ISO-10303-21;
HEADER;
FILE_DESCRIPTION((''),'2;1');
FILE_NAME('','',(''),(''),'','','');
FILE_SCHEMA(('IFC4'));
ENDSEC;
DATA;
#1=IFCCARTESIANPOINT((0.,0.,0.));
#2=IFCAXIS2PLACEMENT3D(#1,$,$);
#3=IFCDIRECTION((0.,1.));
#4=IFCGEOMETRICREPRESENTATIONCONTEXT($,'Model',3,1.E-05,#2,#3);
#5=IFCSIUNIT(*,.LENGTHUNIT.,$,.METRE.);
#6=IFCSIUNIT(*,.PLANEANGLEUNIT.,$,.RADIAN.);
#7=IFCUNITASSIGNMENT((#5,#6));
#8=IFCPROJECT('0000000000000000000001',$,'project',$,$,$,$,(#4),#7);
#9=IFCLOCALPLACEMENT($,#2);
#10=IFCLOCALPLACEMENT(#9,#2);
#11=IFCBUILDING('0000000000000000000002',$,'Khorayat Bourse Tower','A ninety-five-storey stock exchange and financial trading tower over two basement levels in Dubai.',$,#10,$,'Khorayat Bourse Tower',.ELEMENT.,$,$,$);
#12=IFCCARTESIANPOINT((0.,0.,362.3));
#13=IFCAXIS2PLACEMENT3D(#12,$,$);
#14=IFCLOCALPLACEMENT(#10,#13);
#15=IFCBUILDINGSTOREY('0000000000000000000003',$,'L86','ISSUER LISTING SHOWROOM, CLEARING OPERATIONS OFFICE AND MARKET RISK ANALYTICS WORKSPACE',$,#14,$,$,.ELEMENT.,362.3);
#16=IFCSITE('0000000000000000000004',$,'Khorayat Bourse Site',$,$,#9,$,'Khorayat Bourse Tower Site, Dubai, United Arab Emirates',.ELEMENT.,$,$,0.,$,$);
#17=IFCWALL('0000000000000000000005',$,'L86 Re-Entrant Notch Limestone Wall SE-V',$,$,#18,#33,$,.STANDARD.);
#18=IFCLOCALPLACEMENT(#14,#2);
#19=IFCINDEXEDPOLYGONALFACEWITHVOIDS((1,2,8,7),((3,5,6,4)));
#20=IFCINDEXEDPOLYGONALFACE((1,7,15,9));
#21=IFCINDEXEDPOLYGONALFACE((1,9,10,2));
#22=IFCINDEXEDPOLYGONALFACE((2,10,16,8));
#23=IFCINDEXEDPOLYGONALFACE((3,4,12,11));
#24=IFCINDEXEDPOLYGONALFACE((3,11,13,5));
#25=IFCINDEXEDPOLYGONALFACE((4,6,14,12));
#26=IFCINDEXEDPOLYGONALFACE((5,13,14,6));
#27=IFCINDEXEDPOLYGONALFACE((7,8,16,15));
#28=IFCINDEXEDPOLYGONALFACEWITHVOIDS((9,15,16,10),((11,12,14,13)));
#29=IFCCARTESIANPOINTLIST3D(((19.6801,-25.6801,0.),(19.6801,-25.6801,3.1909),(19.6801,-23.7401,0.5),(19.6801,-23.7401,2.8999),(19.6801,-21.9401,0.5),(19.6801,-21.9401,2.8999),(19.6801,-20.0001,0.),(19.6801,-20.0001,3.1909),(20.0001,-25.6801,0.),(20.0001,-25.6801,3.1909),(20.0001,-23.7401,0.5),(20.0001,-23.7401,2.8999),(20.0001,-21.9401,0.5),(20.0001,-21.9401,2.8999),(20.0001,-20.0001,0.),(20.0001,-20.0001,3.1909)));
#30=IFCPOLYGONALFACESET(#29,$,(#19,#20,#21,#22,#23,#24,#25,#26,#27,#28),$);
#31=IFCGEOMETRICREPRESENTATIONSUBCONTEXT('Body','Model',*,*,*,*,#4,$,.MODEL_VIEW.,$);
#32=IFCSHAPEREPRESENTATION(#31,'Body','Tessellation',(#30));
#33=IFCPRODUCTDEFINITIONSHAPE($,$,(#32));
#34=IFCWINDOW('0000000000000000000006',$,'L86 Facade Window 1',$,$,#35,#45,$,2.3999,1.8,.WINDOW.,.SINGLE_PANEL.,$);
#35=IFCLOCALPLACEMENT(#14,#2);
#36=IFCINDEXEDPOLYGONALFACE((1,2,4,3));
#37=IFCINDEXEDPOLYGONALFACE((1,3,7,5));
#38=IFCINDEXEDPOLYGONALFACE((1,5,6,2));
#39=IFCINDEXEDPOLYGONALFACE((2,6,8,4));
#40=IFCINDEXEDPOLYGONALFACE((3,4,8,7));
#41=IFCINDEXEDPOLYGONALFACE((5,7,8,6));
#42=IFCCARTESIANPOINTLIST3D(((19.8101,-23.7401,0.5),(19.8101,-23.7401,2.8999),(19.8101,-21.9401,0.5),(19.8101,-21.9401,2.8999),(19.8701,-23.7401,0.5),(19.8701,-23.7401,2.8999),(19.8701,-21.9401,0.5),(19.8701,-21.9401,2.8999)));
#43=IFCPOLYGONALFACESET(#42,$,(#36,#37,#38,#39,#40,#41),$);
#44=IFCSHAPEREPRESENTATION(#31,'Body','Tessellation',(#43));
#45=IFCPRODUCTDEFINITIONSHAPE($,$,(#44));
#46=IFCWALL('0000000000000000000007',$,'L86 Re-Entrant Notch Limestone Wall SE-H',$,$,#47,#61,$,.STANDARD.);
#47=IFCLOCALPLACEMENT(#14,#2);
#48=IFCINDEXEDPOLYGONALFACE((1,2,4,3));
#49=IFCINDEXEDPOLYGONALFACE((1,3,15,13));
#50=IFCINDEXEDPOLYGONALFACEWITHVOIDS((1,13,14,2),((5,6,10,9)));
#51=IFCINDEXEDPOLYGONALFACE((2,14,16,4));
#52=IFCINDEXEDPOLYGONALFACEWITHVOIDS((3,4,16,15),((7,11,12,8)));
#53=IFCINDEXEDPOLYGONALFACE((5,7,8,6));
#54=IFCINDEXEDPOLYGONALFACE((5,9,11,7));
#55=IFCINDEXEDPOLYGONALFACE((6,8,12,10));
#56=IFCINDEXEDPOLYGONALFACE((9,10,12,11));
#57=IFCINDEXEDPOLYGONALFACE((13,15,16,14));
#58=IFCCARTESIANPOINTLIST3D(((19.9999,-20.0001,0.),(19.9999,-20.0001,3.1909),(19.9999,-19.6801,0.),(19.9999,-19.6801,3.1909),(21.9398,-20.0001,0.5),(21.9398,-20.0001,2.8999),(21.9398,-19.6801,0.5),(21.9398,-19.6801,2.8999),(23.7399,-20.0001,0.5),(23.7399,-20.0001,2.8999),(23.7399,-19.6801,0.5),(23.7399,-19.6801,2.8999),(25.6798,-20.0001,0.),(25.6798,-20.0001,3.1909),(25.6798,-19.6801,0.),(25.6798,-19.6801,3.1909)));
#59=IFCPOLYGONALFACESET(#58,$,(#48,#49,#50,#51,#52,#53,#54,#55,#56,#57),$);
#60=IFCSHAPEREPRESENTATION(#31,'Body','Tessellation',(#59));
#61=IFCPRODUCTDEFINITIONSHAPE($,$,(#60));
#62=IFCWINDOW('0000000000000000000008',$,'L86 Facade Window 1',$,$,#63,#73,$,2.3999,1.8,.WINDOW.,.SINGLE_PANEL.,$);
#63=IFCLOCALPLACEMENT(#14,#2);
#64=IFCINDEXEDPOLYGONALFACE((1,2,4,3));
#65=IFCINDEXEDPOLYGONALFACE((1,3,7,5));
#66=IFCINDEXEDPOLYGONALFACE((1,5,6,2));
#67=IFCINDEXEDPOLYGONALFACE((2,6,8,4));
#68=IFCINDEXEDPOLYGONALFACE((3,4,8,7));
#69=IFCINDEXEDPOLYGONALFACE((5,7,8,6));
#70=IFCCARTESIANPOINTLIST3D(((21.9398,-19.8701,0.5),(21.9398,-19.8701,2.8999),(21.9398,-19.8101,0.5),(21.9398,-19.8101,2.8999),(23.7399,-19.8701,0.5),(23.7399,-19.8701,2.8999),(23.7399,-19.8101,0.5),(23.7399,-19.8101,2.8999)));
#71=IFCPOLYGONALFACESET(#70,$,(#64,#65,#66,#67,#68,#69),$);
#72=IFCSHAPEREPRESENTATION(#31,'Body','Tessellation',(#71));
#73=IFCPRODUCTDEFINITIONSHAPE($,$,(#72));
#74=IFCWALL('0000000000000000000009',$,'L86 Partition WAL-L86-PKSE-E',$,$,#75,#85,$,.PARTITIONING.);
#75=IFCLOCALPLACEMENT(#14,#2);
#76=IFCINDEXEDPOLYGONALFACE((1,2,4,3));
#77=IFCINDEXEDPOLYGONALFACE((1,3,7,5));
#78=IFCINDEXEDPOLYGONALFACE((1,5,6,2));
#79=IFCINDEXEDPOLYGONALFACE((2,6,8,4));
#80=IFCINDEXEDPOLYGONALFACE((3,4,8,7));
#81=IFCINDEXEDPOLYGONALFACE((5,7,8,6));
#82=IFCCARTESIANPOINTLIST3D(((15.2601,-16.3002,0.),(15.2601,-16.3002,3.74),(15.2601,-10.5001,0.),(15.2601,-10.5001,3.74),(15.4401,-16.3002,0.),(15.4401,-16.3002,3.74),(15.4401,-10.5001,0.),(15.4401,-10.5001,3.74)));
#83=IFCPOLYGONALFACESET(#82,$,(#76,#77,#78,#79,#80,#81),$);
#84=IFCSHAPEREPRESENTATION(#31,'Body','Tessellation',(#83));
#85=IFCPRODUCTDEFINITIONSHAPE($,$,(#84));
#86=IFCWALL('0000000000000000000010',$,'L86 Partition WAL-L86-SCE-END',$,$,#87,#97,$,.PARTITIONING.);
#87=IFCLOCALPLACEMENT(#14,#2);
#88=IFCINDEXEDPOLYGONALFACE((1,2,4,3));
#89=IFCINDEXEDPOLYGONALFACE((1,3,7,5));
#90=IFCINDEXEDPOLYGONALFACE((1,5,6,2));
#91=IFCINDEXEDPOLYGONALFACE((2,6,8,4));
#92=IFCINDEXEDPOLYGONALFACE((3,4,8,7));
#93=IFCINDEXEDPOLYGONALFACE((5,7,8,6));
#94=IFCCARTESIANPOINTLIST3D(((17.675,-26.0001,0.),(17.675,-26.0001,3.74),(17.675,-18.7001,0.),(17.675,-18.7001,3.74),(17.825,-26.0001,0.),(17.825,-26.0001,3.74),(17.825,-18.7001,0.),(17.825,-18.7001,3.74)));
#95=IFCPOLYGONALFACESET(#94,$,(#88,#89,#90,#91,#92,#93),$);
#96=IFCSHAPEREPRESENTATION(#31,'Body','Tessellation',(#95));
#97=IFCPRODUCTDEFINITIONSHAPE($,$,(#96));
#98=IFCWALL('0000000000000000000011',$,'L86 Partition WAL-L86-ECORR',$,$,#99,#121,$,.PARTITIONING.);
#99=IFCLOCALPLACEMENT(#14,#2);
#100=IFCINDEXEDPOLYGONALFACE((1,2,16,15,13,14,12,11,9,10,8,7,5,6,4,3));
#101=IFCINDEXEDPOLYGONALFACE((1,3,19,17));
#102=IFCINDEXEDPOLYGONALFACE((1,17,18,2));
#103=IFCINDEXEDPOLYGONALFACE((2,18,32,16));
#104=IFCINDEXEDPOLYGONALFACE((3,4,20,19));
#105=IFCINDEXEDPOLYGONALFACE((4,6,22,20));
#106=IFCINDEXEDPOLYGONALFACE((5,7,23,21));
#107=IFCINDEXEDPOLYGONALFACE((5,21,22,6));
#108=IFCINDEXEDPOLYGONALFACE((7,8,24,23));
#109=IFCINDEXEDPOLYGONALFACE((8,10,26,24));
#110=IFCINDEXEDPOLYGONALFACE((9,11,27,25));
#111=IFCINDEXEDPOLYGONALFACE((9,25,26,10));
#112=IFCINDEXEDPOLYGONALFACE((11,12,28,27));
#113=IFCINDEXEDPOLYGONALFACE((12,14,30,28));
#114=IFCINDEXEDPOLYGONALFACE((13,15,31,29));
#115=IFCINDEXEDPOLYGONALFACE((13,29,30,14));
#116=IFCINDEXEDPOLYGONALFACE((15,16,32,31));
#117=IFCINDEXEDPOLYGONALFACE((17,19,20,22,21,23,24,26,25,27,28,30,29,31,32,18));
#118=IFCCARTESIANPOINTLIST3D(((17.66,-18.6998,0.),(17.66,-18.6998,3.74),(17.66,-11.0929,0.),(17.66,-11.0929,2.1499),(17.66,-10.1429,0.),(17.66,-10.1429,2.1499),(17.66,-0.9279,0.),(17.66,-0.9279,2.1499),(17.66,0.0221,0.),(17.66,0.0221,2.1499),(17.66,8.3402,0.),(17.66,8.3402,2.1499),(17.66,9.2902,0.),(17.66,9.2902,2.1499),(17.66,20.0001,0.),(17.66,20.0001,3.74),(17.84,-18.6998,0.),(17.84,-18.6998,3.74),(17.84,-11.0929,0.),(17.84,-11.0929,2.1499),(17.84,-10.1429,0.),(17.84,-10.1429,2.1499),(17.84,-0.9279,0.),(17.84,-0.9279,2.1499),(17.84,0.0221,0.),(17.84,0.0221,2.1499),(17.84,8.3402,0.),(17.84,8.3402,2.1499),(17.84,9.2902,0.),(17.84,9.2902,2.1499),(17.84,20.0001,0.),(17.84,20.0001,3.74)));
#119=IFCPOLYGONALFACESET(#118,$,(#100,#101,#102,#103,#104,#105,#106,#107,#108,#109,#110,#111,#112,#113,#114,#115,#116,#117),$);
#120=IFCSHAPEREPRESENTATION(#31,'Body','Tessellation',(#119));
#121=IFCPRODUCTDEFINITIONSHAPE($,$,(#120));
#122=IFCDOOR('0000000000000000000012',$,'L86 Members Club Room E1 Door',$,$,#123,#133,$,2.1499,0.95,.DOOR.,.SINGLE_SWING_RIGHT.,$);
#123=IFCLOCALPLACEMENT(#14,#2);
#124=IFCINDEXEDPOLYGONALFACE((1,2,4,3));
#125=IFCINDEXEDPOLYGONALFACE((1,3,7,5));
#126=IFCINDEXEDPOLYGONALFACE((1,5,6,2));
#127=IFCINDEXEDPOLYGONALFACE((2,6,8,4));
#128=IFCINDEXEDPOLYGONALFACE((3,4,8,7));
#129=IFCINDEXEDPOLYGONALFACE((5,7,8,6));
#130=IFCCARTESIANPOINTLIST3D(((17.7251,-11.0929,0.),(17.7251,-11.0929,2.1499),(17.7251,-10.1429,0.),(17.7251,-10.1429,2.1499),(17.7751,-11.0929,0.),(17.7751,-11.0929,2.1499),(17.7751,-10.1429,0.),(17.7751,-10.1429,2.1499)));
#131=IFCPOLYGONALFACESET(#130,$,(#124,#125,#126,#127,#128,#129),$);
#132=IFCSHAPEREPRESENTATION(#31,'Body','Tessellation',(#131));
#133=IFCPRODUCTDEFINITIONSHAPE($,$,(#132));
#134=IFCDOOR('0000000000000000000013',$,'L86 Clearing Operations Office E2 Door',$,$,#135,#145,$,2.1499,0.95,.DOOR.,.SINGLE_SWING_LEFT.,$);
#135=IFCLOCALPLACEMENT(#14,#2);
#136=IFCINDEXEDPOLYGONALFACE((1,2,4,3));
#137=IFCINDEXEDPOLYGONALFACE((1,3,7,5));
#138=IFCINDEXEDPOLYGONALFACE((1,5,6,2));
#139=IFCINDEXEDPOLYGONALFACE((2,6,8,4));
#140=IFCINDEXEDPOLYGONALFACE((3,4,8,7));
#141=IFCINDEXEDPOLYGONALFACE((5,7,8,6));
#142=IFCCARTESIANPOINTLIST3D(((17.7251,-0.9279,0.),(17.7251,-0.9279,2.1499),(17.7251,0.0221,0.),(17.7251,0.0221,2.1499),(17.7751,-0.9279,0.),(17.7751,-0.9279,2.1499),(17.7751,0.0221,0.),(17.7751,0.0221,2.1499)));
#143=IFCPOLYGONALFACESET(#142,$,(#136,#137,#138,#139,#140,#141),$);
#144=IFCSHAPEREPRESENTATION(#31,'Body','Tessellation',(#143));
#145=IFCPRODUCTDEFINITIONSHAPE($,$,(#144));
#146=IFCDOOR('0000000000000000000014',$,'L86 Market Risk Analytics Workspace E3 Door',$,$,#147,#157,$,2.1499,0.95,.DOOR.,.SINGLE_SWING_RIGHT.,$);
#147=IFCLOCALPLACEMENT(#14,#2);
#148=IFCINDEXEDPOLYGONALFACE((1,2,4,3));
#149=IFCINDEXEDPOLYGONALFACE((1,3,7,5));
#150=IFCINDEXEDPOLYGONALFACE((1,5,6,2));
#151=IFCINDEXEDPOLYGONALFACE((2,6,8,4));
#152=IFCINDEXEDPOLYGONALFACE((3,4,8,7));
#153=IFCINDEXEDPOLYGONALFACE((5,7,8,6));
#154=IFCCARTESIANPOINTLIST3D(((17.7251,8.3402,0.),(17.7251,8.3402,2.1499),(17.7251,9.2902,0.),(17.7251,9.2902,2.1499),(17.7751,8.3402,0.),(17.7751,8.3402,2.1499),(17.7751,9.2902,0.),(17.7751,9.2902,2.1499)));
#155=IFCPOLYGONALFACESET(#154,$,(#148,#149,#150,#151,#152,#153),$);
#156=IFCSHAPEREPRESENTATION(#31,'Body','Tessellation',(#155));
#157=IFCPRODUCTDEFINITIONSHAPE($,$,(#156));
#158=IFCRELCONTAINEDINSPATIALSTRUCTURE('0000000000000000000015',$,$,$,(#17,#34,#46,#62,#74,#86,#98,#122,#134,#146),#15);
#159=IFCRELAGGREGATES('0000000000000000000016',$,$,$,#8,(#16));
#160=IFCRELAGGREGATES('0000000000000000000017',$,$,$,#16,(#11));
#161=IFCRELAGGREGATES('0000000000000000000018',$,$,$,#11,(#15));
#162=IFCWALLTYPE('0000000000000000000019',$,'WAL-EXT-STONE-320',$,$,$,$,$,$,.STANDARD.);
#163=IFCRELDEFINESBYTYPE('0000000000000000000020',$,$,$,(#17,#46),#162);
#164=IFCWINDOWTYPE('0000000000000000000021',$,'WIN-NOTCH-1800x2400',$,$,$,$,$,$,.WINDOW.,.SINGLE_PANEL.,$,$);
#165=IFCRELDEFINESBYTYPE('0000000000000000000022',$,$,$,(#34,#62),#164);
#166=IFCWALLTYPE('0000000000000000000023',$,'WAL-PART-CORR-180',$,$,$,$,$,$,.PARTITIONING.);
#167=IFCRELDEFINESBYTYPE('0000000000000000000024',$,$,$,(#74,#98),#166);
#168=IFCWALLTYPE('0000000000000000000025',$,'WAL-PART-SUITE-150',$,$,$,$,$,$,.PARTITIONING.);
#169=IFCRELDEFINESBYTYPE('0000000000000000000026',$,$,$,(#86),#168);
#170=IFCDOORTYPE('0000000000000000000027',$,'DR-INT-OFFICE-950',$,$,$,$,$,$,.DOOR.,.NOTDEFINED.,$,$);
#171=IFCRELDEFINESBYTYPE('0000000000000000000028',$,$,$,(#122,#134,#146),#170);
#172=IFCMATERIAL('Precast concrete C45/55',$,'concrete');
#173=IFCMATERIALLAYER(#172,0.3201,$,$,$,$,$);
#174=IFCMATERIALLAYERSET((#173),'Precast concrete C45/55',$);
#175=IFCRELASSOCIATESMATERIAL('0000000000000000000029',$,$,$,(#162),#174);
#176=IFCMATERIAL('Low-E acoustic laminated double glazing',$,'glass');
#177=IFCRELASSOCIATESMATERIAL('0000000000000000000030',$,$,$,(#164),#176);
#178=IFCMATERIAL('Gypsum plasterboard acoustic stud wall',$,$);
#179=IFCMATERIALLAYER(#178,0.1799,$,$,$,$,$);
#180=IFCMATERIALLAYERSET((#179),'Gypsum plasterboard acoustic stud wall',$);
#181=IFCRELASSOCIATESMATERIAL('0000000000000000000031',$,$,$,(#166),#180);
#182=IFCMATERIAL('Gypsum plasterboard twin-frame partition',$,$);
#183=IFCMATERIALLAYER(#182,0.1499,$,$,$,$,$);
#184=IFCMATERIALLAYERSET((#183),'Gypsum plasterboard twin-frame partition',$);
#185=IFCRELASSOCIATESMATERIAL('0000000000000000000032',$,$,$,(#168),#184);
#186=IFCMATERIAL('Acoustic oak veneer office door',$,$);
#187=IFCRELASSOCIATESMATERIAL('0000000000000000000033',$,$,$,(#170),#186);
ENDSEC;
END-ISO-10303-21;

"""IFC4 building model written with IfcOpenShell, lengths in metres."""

from ifc_helpers import new_model, si_unit, direction, frame, frame_2d, origin, place, context, subcontext, project, spatial, rectangle, extrude, source, transform, mapped, material, layer, layer_set, type_object, element, fill, save


model = new_model("IFC4")

# Units and contexts
model_context = context("Model", 3, precision=1e-05, world=origin(), true_north=direction((0.0, 1.0)))
body_context = subcontext(model_context, "Body", "Model", "MODEL_VIEW")
ifc_project = project(units=[si_unit("LENGTHUNIT", "METRE"), si_unit("PLANEANGLEUNIT", "RADIAN")], contexts=[model_context])

# Site, building, storey
site_placement = place(None, origin())
site = spatial("IfcSite", under=ifc_project, at=site_placement, Name="Khorayat Bourse Site", LongName="Khorayat Bourse Tower Site, Dubai, United Arab Emirates", CompositionType="ELEMENT", RefElevation=0.0)
building_placement = place(site_placement, origin())
building = spatial("IfcBuilding", under=site, at=building_placement, Name="Khorayat Bourse Tower", Description="A ninety-five-storey stock exchange and financial trading tower over two basement levels in Dubai.", LongName="Khorayat Bourse Tower", CompositionType="ELEMENT")
storey_placement = place(building_placement, frame((0.0, 0.0, 362.3)))
storey = spatial("IfcBuildingStorey", under=building, at=storey_placement, Name="L86", Description="ISSUER LISTING SHOWROOM, CLEARING OPERATIONS OFFICE AND MARKET RISK ANALYTICS WORKSPACE", CompositionType="ELEMENT", Elevation=362.3)

# Walls, openings, windows
ifc_material_1 = material(Name="Precast concrete C45/55", Category="concrete")
ifc_layer_1 = layer(ifc_material_1, 0.3201)
ifc_layer_set_1 = layer_set([ifc_layer_1], Name="Precast concrete C45/55")
wall_type_1 = type_object("IfcWallType", Name="WAL-EXT-STONE-320", PredefinedType="STANDARD", material=ifc_layer_set_1)
shared_shape_1 = source(origin(), body_context, "Body", "SweptSolid", [
    extrude(rectangle(XDim=5.6799, YDim=0.3201, at=frame_2d((2.8398, 0.0))), origin(), (0.0, 0.0, 1.0), 3.1909),
])
wall_1_placement = place(storey_placement, frame((19.8401, -25.6799, 0.0), z_axis=(0.0, 0.0, 1.0), x_axis=(0.0, 1.0, 0.0)))
wall_1 = element("IfcWall", 1, at=wall_1_placement, inside=storey, type_object=wall_type_1, Name="L86 Re-Entrant Notch Limestone Wall SE-V", PredefinedType="STANDARD", context=body_context, shape_type="MappedRepresentation", body=[
    mapped(shared_shape_1, transform((0.0, 0.0, 0.0), scale=1.0)),
])
shared_shape_2 = source(origin(), body_context, "Body", "SweptSolid", [
    extrude(rectangle(XDim=1.8, YDim=2.3999, at=frame_2d((0.8999, 1.2))), frame((0.0, 0.1699, 0.0), z_axis=(0.0, -1.0, 0.0), x_axis=(1.0, 0.0, 0.0)), (0.0, 0.0, 1.0), 0.3401),
])
opening_1_placement = place(wall_1_placement, frame((1.9399, 0.0, 0.5)))
opening_1 = element("IfcOpeningElement", 2, at=opening_1_placement, cuts=wall_1, PredefinedType="OPENING", context=body_context, shape_type="MappedRepresentation", body=[
    mapped(shared_shape_2, transform((0.0, 0.0, 0.0), scale=1.0)),
])
ifc_material_2 = material(Name="Low-E acoustic laminated double glazing", Category="glass")
window_type = type_object("IfcWindowType", Name="WIN-NOTCH-1800x2400", PartitioningType="SINGLE_PANEL", PredefinedType="WINDOW", material=ifc_material_2)
shared_shape_3 = source(origin(), body_context, "Body", "SweptSolid", [
    extrude(rectangle(XDim=1.8, YDim=2.3999, at=frame_2d((0.8999, 1.2))), frame((0.0, 0.03, 0.0), z_axis=(0.0, -1.0, 0.0), x_axis=(1.0, 0.0, 0.0)), (0.0, 0.0, 1.0), 0.0601),
])
window_1_placement = place(opening_1_placement, origin())
window_1 = element("IfcWindow", 3, at=window_1_placement, inside=storey, type_object=window_type, Name="L86 Facade Window 1", OverallHeight=2.3999, OverallWidth=1.8, PartitioningType="SINGLE_PANEL", PredefinedType="WINDOW", context=body_context, shape_type="MappedRepresentation", body=[
    mapped(shared_shape_3, transform((0.0, 0.0, 0.0), scale=1.0)),
])
fill(opening_1, window_1)
wall_2_placement = place(storey_placement, frame((20.0, -19.8401, 0.0), z_axis=(0.0, 0.0, 1.0), x_axis=(1.0, 0.0, 0.0)))
wall_2 = element("IfcWall", 4, at=wall_2_placement, inside=storey, type_object=wall_type_1, Name="L86 Re-Entrant Notch Limestone Wall SE-H", PredefinedType="STANDARD", context=body_context, shape_type="MappedRepresentation", body=[
    mapped(shared_shape_1, transform((0.0, 0.0, 0.0), scale=1.0)),
])
opening_2_placement = place(wall_2_placement, frame((1.9399, 0.0, 0.5)))
opening_2 = element("IfcOpeningElement", 5, at=opening_2_placement, cuts=wall_2, PredefinedType="OPENING", context=body_context, shape_type="MappedRepresentation", body=[
    mapped(shared_shape_2, transform((0.0, 0.0, 0.0), scale=1.0)),
])
window_2_placement = place(opening_2_placement, origin())
window_2 = element("IfcWindow", 6, at=window_2_placement, inside=storey, type_object=window_type, Name="L86 Facade Window 1", OverallHeight=2.3999, OverallWidth=1.8, PartitioningType="SINGLE_PANEL", PredefinedType="WINDOW", context=body_context, shape_type="MappedRepresentation", body=[
    mapped(shared_shape_3, transform((0.0, 0.0, 0.0), scale=1.0)),
])
fill(opening_2, window_2)

# Walls
ifc_material_3 = material(Name="Gypsum plasterboard acoustic stud wall")
ifc_layer_2 = layer(ifc_material_3, 0.1799)
ifc_layer_set_2 = layer_set([ifc_layer_2], Name="Gypsum plasterboard acoustic stud wall")
wall_type_2 = type_object("IfcWallType", Name="WAL-PART-CORR-180", PredefinedType="PARTITIONING", material=ifc_layer_set_2)
shared_shape_4 = source(origin(), body_context, "Body", "SweptSolid", [
    extrude(rectangle(XDim=5.8, YDim=0.1799, at=frame_2d((2.8999, 0.0))), origin(), (0.0, 0.0, 1.0), 3.74),
])
wall_3_placement = place(storey_placement, frame((15.3501, -16.3, 0.0), z_axis=(0.0, 0.0, 1.0), x_axis=(0.0, 1.0, 0.0)))
element("IfcWall", 7, at=wall_3_placement, inside=storey, type_object=wall_type_2, Name="L86 Partition WAL-L86-PKSE-E", PredefinedType="PARTITIONING", context=body_context, shape_type="MappedRepresentation", body=[
    mapped(shared_shape_4, transform((0.0, 0.0, 0.0), scale=1.0)),
])
ifc_material_4 = material(Name="Gypsum plasterboard twin-frame partition")
ifc_layer_3 = layer(ifc_material_4, 0.1499)
ifc_layer_set_3 = layer_set([ifc_layer_3], Name="Gypsum plasterboard twin-frame partition")
wall_type_3 = type_object("IfcWallType", Name="WAL-PART-SUITE-150", PredefinedType="PARTITIONING", material=ifc_layer_set_3)
shared_shape_5 = source(origin(), body_context, "Body", "SweptSolid", [
    extrude(rectangle(XDim=7.3, YDim=0.1499, at=frame_2d((3.6499, 0.0))), origin(), (0.0, 0.0, 1.0), 3.74),
])
wall_4_placement = place(storey_placement, frame((17.75, -26.0, 0.0), z_axis=(0.0, 0.0, 1.0), x_axis=(0.0, 1.0, 0.0)))
element("IfcWall", 8, at=wall_4_placement, inside=storey, type_object=wall_type_3, Name="L86 Partition WAL-L86-SCE-END", PredefinedType="PARTITIONING", context=body_context, shape_type="MappedRepresentation", body=[
    mapped(shared_shape_5, transform((0.0, 0.0, 0.0), scale=1.0)),
])

# Wall, openings, doors
shared_shape_6 = source(origin(), body_context, "Body", "SweptSolid", [
    extrude(rectangle(XDim=38.7, YDim=0.1799, at=frame_2d((19.3501, 0.0))), origin(), (0.0, 0.0, 1.0), 3.74),
])
wall_5_placement = place(storey_placement, frame((17.75, -18.7, 0.0), z_axis=(0.0, 0.0, 1.0), x_axis=(0.0, 1.0, 0.0)))
wall_5 = element("IfcWall", 9, at=wall_5_placement, inside=storey, type_object=wall_type_2, Name="L86 Partition WAL-L86-ECORR", PredefinedType="PARTITIONING", context=body_context, shape_type="MappedRepresentation", body=[
    mapped(shared_shape_6, transform((0.0, 0.0, 0.0), scale=1.0)),
])
shared_shape_7 = source(origin(), body_context, "Body", "SweptSolid", [
    extrude(rectangle(XDim=0.95, YDim=2.1499, at=frame_2d((0.4751, 1.075))), frame((0.0, 0.0999, 0.0), z_axis=(0.0, -1.0, 0.0), x_axis=(1.0, 0.0, 0.0)), (0.0, 0.0, 1.0), 0.2),
])
opening_3_placement = place(wall_5_placement, frame((7.6069, 0.0, 0.0)))
opening_3 = element("IfcOpeningElement", 10, at=opening_3_placement, cuts=wall_5, PredefinedType="OPENING", context=body_context, shape_type="MappedRepresentation", body=[
    mapped(shared_shape_7, transform((0.0, 0.0, 0.0), scale=1.0)),
])
opening_4_placement = place(wall_5_placement, frame((17.772, 0.0, 0.0)))
opening_4 = element("IfcOpeningElement", 11, at=opening_4_placement, cuts=wall_5, PredefinedType="OPENING", context=body_context, shape_type="MappedRepresentation", body=[
    mapped(shared_shape_7, transform((0.0, 0.0, 0.0), scale=1.0)),
])
opening_5_placement = place(wall_5_placement, frame((27.04, 0.0, 0.0)))
opening_5 = element("IfcOpeningElement", 12, at=opening_5_placement, cuts=wall_5, PredefinedType="OPENING", context=body_context, shape_type="MappedRepresentation", body=[
    mapped(shared_shape_7, transform((0.0, 0.0, 0.0), scale=1.0)),
])
ifc_material_5 = material(Name="Acoustic oak veneer office door")
door_type = type_object("IfcDoorType", Name="DR-INT-OFFICE-950", OperationType="NOTDEFINED", PredefinedType="DOOR", material=ifc_material_5)
shared_shape_8 = source(origin(), body_context, "Body", "SweptSolid", [
    extrude(rectangle(XDim=0.95, YDim=2.1499, at=frame_2d((0.4751, 1.075))), frame((0.0, 0.0249, 0.0), z_axis=(0.0, -1.0, 0.0), x_axis=(1.0, 0.0, 0.0)), (0.0, 0.0, 1.0), 0.05),
])
door_1_placement = place(opening_3_placement, origin())
door_1 = element("IfcDoor", 13, at=door_1_placement, inside=storey, type_object=door_type, Name="L86 Members Club Room E1 Door", OperationType="SINGLE_SWING_RIGHT", OverallHeight=2.1499, OverallWidth=0.95, PredefinedType="DOOR", context=body_context, shape_type="MappedRepresentation", body=[
    mapped(shared_shape_8, transform((0.0, 0.0, 0.0), scale=1.0)),
])
fill(opening_3, door_1)
door_2_placement = place(opening_4_placement, origin())
door_2 = element("IfcDoor", 14, at=door_2_placement, inside=storey, type_object=door_type, Name="L86 Clearing Operations Office E2 Door", OperationType="SINGLE_SWING_LEFT", OverallHeight=2.1499, OverallWidth=0.95, PredefinedType="DOOR", context=body_context, shape_type="MappedRepresentation", body=[
    mapped(shared_shape_8, transform((0.0, 0.0, 0.0), scale=1.0)),
])
fill(opening_4, door_2)
door_3_placement = place(opening_5_placement, origin())
door_3 = element("IfcDoor", 15, at=door_3_placement, inside=storey, type_object=door_type, Name="L86 Market Risk Analytics Workspace E3 Door", OperationType="SINGLE_SWING_RIGHT", OverallHeight=2.1499, OverallWidth=0.95, PredefinedType="DOOR", context=body_context, shape_type="MappedRepresentation", body=[
    mapped(shared_shape_8, transform((0.0, 0.0, 0.0), scale=1.0)),
])
fill(opening_5, door_3)

save(model, "model.ifc")
